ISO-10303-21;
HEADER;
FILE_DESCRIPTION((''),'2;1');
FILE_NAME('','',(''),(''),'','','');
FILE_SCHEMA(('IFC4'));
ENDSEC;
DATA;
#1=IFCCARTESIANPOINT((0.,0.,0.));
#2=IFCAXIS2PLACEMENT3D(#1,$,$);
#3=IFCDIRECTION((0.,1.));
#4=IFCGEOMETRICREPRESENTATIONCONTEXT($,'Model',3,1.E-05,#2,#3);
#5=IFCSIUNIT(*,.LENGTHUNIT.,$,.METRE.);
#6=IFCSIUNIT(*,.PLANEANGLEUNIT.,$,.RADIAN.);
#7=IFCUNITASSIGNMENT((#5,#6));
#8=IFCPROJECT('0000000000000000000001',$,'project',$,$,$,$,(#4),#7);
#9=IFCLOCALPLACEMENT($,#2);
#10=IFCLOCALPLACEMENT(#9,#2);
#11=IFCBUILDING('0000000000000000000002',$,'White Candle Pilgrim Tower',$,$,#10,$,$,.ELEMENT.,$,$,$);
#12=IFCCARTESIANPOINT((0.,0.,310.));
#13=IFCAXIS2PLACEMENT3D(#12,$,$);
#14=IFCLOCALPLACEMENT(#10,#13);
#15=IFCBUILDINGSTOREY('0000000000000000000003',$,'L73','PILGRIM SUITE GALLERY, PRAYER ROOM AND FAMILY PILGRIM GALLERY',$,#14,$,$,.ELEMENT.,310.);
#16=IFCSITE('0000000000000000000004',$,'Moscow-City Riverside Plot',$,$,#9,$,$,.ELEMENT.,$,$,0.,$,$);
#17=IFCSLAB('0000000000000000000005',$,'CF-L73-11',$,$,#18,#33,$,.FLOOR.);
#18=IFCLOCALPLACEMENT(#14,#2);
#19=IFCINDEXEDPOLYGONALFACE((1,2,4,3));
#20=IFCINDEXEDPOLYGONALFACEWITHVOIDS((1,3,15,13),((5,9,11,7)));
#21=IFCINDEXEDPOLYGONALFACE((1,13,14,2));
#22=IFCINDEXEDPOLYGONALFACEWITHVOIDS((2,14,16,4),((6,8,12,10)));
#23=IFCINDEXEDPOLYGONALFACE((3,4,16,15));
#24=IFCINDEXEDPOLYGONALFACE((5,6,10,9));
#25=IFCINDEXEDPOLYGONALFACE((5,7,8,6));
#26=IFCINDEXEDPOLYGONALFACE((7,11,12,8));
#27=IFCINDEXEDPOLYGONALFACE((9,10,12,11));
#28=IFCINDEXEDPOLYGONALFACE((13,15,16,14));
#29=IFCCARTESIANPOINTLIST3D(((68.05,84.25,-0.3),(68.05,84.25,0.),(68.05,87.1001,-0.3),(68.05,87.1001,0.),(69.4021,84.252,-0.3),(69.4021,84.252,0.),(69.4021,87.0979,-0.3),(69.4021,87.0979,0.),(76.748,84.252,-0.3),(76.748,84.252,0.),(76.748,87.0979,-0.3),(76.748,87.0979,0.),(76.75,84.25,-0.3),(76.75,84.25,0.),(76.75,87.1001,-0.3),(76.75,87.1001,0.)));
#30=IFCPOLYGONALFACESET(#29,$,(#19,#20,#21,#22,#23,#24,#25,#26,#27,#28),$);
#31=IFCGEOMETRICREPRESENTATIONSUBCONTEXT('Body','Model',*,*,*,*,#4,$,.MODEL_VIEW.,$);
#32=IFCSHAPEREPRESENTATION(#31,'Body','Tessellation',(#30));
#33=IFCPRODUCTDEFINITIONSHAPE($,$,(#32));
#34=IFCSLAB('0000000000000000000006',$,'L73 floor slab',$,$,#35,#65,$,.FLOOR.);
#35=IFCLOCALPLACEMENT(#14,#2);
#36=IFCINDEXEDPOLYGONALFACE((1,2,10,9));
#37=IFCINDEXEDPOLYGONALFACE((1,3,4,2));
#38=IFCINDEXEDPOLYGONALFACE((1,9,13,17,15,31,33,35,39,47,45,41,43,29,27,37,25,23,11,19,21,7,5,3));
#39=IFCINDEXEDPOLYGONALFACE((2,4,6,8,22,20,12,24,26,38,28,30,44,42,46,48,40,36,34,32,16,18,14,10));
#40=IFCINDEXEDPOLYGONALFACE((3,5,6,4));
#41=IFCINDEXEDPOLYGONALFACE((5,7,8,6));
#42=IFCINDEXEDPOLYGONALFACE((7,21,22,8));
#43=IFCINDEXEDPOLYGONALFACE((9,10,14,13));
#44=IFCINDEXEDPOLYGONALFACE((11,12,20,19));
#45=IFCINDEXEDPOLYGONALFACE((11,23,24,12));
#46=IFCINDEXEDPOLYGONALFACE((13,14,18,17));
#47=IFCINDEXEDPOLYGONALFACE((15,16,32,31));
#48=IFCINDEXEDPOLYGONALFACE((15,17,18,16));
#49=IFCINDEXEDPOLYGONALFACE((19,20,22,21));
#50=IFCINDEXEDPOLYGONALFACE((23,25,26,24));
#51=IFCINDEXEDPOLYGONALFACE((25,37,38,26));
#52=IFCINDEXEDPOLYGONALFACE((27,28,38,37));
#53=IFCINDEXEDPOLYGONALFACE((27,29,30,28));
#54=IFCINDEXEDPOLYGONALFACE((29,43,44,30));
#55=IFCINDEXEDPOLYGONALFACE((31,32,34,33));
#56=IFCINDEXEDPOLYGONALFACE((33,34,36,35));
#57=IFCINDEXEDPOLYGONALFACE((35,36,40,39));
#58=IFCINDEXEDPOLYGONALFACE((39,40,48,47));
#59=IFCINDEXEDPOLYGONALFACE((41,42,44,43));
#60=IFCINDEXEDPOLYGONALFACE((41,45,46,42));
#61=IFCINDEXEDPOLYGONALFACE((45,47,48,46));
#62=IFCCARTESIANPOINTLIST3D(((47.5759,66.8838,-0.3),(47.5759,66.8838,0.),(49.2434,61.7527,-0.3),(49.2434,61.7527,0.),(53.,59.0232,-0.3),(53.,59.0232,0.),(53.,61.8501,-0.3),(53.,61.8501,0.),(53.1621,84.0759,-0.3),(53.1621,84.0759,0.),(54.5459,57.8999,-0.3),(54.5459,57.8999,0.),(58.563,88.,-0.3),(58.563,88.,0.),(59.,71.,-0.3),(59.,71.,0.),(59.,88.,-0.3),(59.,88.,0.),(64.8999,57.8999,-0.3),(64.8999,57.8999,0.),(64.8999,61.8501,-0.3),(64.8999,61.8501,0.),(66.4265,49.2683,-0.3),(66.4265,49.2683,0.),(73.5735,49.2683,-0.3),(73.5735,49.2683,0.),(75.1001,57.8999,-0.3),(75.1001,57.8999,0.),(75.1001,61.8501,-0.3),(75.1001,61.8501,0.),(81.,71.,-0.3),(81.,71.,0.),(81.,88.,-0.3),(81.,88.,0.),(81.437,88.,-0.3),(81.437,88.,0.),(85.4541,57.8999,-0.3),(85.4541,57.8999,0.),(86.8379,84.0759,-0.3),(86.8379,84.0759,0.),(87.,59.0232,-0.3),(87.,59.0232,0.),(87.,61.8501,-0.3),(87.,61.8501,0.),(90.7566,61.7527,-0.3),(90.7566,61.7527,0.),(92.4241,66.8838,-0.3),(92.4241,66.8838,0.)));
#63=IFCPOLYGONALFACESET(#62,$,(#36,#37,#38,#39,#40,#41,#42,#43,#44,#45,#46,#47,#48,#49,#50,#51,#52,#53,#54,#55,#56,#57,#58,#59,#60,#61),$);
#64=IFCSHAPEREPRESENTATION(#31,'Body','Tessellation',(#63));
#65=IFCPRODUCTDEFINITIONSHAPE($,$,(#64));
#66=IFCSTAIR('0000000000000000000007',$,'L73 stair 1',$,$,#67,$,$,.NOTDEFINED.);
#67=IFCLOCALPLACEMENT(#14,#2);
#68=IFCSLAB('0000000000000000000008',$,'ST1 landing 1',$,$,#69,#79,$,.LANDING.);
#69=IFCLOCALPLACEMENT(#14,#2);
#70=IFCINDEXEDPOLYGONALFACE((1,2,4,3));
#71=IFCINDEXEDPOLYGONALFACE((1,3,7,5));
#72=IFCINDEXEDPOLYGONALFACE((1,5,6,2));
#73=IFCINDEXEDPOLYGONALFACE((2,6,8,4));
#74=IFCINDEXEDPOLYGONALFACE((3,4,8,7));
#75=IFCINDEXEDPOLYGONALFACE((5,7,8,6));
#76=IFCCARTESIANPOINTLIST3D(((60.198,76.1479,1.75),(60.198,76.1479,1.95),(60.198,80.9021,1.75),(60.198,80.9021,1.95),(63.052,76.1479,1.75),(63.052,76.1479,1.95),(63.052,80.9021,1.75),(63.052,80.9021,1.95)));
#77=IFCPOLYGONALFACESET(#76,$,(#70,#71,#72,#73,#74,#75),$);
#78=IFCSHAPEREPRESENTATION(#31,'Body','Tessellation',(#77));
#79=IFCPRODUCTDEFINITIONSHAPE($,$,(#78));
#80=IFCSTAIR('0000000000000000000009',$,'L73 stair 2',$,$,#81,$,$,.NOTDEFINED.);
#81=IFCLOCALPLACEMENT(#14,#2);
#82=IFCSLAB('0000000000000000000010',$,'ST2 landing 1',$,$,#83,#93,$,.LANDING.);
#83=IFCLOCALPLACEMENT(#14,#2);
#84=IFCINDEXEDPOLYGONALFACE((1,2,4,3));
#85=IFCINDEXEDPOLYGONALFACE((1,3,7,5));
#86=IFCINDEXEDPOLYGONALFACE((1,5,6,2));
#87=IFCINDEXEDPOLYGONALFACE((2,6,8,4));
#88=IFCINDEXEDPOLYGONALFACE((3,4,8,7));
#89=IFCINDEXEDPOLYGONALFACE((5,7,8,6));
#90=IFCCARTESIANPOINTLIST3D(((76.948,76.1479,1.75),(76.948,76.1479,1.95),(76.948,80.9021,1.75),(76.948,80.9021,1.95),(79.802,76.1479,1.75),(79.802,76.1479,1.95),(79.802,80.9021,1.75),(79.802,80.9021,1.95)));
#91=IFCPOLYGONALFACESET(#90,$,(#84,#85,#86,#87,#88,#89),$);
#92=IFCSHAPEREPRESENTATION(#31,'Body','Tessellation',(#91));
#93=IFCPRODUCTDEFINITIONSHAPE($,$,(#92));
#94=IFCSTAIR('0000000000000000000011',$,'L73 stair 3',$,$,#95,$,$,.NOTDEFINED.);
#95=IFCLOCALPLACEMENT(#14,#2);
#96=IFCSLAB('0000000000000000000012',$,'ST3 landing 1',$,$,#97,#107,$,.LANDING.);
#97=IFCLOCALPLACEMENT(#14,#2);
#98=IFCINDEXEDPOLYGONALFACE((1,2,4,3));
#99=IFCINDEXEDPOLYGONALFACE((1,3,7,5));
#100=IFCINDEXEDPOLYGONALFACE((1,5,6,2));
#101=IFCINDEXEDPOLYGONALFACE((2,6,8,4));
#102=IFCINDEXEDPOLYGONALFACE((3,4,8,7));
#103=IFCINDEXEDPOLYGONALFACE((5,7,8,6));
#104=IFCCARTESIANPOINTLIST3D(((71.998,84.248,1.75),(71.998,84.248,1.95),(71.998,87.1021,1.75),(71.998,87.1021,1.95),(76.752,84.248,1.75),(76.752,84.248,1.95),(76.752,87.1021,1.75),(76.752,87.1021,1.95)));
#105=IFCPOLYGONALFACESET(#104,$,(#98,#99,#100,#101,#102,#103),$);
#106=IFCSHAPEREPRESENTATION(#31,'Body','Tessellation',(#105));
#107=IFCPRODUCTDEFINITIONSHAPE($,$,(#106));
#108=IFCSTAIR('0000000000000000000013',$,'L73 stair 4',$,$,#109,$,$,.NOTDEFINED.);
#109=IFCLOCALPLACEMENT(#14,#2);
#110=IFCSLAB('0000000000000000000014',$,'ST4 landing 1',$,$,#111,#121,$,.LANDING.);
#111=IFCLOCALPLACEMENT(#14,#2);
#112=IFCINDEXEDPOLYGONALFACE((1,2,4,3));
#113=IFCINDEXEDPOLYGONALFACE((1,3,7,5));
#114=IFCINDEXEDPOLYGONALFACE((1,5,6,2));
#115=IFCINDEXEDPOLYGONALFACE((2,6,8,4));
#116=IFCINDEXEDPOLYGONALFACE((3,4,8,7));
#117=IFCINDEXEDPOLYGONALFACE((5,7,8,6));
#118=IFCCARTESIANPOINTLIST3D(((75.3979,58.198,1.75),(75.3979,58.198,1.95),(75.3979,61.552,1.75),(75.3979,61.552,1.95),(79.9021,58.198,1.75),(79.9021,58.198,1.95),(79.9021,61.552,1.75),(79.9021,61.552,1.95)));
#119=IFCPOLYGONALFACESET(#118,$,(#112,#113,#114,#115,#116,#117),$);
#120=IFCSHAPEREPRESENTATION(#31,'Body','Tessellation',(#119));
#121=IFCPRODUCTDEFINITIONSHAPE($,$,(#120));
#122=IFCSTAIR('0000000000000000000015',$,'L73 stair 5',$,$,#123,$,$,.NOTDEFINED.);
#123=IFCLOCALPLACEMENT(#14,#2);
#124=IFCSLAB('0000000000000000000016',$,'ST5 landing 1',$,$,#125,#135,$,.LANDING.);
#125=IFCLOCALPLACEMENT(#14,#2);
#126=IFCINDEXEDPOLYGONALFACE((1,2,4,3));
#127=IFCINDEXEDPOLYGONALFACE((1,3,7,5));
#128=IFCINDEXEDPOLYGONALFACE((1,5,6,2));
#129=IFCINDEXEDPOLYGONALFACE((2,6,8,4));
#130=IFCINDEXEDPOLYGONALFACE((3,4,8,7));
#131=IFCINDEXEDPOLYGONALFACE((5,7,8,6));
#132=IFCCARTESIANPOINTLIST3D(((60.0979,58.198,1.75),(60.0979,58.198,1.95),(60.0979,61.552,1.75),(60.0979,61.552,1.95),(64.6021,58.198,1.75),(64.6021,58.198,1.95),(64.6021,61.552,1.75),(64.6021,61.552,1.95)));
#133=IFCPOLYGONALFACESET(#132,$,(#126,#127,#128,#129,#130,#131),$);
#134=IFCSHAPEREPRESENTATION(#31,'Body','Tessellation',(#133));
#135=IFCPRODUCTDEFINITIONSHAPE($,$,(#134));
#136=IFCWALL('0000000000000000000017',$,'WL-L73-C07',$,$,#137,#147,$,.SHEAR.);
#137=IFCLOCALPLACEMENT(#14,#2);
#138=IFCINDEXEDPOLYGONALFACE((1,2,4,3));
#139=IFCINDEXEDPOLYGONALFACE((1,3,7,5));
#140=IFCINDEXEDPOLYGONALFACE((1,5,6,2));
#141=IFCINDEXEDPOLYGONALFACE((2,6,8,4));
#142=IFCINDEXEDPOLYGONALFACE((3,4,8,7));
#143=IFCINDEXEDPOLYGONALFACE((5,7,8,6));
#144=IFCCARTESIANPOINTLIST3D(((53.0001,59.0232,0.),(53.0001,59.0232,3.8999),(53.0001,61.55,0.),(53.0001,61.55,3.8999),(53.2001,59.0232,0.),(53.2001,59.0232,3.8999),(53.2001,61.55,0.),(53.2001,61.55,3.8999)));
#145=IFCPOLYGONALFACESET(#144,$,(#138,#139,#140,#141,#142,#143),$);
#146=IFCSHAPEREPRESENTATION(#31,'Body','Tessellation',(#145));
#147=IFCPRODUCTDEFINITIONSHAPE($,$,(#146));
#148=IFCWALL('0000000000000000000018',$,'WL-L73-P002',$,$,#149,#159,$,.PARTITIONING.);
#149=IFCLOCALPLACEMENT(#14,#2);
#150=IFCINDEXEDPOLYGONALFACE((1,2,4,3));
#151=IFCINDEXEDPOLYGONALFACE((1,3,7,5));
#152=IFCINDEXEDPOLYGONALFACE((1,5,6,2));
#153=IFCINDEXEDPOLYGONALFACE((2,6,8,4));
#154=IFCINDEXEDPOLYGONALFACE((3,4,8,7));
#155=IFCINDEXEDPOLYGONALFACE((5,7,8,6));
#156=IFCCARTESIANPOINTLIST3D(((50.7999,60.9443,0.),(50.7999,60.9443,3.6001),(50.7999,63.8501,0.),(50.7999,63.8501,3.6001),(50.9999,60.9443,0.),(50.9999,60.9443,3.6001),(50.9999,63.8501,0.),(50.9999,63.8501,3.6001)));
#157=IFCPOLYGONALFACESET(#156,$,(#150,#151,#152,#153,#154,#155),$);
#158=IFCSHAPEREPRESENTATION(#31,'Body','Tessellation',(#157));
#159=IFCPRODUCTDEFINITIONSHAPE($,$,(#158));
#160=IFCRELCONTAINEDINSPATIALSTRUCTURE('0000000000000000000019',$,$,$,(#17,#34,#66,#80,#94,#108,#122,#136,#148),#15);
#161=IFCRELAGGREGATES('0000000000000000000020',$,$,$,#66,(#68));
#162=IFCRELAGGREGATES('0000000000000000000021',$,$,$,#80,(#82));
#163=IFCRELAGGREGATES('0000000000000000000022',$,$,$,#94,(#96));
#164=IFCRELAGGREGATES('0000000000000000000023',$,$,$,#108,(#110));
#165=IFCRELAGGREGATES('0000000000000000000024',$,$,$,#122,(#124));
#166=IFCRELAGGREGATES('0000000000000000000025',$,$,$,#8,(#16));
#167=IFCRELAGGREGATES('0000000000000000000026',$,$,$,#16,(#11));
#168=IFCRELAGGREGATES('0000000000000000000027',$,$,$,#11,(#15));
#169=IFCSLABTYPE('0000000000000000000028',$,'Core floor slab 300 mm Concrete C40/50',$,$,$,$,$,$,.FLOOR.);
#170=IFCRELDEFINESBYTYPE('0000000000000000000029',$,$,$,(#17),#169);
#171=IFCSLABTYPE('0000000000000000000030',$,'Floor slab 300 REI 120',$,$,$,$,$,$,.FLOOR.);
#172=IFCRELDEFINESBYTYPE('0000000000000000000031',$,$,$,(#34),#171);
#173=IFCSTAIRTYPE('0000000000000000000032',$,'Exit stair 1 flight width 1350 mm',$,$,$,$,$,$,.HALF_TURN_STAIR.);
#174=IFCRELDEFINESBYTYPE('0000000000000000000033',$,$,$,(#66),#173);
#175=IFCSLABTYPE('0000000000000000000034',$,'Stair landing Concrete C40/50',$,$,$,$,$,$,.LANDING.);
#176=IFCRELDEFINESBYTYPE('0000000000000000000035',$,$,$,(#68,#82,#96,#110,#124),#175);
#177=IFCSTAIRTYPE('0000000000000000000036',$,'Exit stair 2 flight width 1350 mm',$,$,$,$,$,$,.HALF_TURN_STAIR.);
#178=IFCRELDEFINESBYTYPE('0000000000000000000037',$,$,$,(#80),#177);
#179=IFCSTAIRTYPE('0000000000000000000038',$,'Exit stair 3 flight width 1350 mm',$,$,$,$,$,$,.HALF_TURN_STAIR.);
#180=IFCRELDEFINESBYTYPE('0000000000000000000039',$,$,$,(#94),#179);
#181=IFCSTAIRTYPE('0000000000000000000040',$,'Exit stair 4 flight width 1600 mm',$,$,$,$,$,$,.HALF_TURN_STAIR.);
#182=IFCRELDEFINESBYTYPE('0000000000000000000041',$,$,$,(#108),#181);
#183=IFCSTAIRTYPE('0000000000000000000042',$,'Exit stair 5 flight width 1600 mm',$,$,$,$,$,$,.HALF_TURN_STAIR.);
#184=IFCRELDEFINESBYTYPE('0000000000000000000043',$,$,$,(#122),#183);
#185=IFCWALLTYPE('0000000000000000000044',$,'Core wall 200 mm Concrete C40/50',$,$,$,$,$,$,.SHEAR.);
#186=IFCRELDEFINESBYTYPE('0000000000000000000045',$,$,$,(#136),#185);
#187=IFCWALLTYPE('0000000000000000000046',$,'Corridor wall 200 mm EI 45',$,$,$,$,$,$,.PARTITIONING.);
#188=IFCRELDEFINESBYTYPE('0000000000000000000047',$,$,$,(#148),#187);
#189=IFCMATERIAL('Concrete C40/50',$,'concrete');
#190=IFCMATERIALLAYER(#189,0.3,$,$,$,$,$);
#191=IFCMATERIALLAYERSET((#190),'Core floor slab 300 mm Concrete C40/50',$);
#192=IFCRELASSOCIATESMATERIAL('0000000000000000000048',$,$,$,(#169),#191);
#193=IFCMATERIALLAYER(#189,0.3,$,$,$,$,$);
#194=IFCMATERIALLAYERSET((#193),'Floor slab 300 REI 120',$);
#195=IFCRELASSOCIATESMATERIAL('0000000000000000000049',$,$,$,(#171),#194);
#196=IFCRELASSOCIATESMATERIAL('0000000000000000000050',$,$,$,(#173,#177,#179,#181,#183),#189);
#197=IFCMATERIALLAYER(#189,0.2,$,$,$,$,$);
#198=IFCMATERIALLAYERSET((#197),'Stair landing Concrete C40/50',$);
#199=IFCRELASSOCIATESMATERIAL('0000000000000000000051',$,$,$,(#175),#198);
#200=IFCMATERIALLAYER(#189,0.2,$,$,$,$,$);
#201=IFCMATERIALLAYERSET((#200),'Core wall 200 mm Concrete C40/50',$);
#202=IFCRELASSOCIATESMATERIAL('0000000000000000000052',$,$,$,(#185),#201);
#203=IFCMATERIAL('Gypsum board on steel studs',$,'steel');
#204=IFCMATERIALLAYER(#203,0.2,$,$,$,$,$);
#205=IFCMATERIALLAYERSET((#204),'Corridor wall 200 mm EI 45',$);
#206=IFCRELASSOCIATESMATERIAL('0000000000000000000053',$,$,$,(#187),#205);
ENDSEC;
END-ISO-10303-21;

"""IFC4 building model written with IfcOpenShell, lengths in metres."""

from ifc_helpers import new_model, si_unit, direction, frame, frame_2d, origin, place, context, subcontext, project, spatial, polyline, rectangle, outline, extrude, material, layer, layer_set, type_object, element, aggregate, save


model = new_model("IFC4")

# Units and contexts
model_context = context("Model", 3, precision=1e-05, world=origin(), true_north=direction((0.0, 1.0)))
body_context = subcontext(model_context, "Body", "Model", "MODEL_VIEW")
ifc_project = project(units=[si_unit("LENGTHUNIT", "METRE"), si_unit("PLANEANGLEUNIT", "RADIAN")], contexts=[model_context])

# Site, building, storey
site_placement = place(None, origin())
site = spatial("IfcSite", under=ifc_project, at=site_placement, Name="Moscow-City Riverside Plot", CompositionType="ELEMENT", RefElevation=0.0)
building_placement = place(site_placement, origin())
building = spatial("IfcBuilding", under=site, at=building_placement, Name="White Candle Pilgrim Tower", CompositionType="ELEMENT")
storey_placement = place(building_placement, frame((0.0, 0.0, 310.0)))
storey = spatial("IfcBuildingStorey", under=building, at=storey_placement, Name="L73", Description="PILGRIM SUITE GALLERY, PRAYER ROOM AND FAMILY PILGRIM GALLERY", CompositionType="ELEMENT", Elevation=310.0)

# Slabs
ifc_material_1 = material(Name="Concrete C40/50", Category="concrete")
ifc_layer_1 = layer(ifc_material_1, 0.3)
ifc_layer_set_1 = layer_set([ifc_layer_1], Name="Core floor slab 300 mm Concrete C40/50")
slab_type_1 = type_object("IfcSlabType", Name="Core floor slab 300 mm Concrete C40/50", PredefinedType="FLOOR", material=ifc_layer_set_1)
slab_1_placement = place(storey_placement, frame((0.0, 0.0, -0.3)))
element("IfcSlab", 1, at=slab_1_placement, inside=storey, type_object=slab_type_1, Name="CF-L73-11", PredefinedType="FLOOR", context=body_context, shape_type="SweptSolid", body=[
    extrude(outline(polyline([(68.05, 87.1001), (76.75, 87.1001), (76.75, 84.25), (68.05, 84.25), (68.05, 87.1001)]), holes=[polyline([(69.4021, 84.252), (76.748, 84.252), (76.748, 87.0979), (69.4021, 87.0979), (69.4021, 84.252)])]), origin(), (0.0, 0.0, 1.0), 0.3),
])
ifc_layer_2 = layer(ifc_material_1, 0.3)
ifc_layer_set_2 = layer_set([ifc_layer_2], Name="Floor slab 300 REI 120")
slab_type_2 = type_object("IfcSlabType", Name="Floor slab 300 REI 120", PredefinedType="FLOOR", material=ifc_layer_set_2)
slab_2_placement = place(storey_placement, frame((0.0, 0.0, -0.3)))
element("IfcSlab", 2, at=slab_2_placement, inside=storey, type_object=slab_type_2, Name="L73 floor slab", PredefinedType="FLOOR", context=body_context, shape_type="SweptSolid", body=[
    extrude(outline(polyline([(66.4265, 49.2683), (73.5735, 49.2683), (85.4541, 57.8999), (75.1001, 57.8999), (75.1001, 61.8501), (87.0, 61.8501), (87.0, 59.0232), (90.7566, 61.7527), (92.4241, 66.8838), (86.8379, 84.0759), (81.437, 88.0), (81.0, 88.0), (81.0, 71.0), (59.0, 71.0), (59.0, 88.0), (58.563, 88.0), (53.1621, 84.0759), (47.5759, 66.8838), (49.2434, 61.7527), (53.0, 59.0232), (53.0, 61.8501), (64.8999, 61.8501), (64.8999, 57.8999), (54.5459, 57.8999), (66.4265, 49.2683)])), origin(), (0.0, 0.0, 1.0), 0.3),
])

# Stairs, slabs
stair_type_1 = type_object("IfcStairType", Name="Exit stair 1 flight width 1350 mm", PredefinedType="HALF_TURN_STAIR", material=ifc_material_1)
stair_1_placement = place(storey_placement, origin())
stair_1 = element("IfcStair", 3, at=stair_1_placement, inside=storey, type_object=stair_type_1, Name="L73 stair 1", PredefinedType="NOTDEFINED")
ifc_layer_3 = layer(ifc_material_1, 0.2)
ifc_layer_set_3 = layer_set([ifc_layer_3], Name="Stair landing Concrete C40/50")
slab_type_3 = type_object("IfcSlabType", Name="Stair landing Concrete C40/50", PredefinedType="LANDING", material=ifc_layer_set_3)
slab_3_placement = place(storey_placement, frame((0.0, 0.0, 1.75)))
slab_3 = element("IfcSlab", 4, at=slab_3_placement, type_object=slab_type_3, Name="ST1 landing 1", PredefinedType="LANDING", context=body_context, shape_type="SweptSolid", body=[
    extrude(outline(polyline([(63.052, 76.1479), (60.198, 76.1479), (60.198, 80.9021), (63.052, 80.9021), (63.052, 76.1479)])), origin(), (0.0, 0.0, 1.0), 0.2),
])
aggregate(stair_1, [slab_3])
stair_type_2 = type_object("IfcStairType", Name="Exit stair 2 flight width 1350 mm", PredefinedType="HALF_TURN_STAIR", material=ifc_material_1)
stair_2_placement = place(storey_placement, origin())
stair_2 = element("IfcStair", 5, at=stair_2_placement, inside=storey, type_object=stair_type_2, Name="L73 stair 2", PredefinedType="NOTDEFINED")
slab_4_placement = place(storey_placement, frame((0.0, 0.0, 1.75)))
slab_4 = element("IfcSlab", 6, at=slab_4_placement, type_object=slab_type_3, Name="ST2 landing 1", PredefinedType="LANDING", context=body_context, shape_type="SweptSolid", body=[
    extrude(outline(polyline([(79.802, 76.1479), (76.948, 76.1479), (76.948, 80.9021), (79.802, 80.9021), (79.802, 76.1479)])), origin(), (0.0, 0.0, 1.0), 0.2),
])
aggregate(stair_2, [slab_4])
stair_type_3 = type_object("IfcStairType", Name="Exit stair 3 flight width 1350 mm", PredefinedType="HALF_TURN_STAIR", material=ifc_material_1)
stair_3_placement = place(storey_placement, origin())
stair_3 = element("IfcStair", 7, at=stair_3_placement, inside=storey, type_object=stair_type_3, Name="L73 stair 3", PredefinedType="NOTDEFINED")
slab_5_placement = place(storey_placement, frame((0.0, 0.0, 1.75)))
slab_5 = element("IfcSlab", 8, at=slab_5_placement, type_object=slab_type_3, Name="ST3 landing 1", PredefinedType="LANDING", context=body_context, shape_type="SweptSolid", body=[
    extrude(outline(polyline([(71.998, 84.248), (71.998, 87.1021), (76.752, 87.1021), (76.752, 84.248), (71.998, 84.248)])), origin(), (0.0, 0.0, 1.0), 0.2),
])
aggregate(stair_3, [slab_5])
stair_type_4 = type_object("IfcStairType", Name="Exit stair 4 flight width 1600 mm", PredefinedType="HALF_TURN_STAIR", material=ifc_material_1)
stair_4_placement = place(storey_placement, origin())
stair_4 = element("IfcStair", 9, at=stair_4_placement, inside=storey, type_object=stair_type_4, Name="L73 stair 4", PredefinedType="NOTDEFINED")
slab_6_placement = place(storey_placement, frame((0.0, 0.0, 1.75)))
slab_6 = element("IfcSlab", 10, at=slab_6_placement, type_object=slab_type_3, Name="ST4 landing 1", PredefinedType="LANDING", context=body_context, shape_type="SweptSolid", body=[
    extrude(outline(polyline([(79.9021, 61.552), (79.9021, 58.198), (75.3979, 58.198), (75.3979, 61.552), (79.9021, 61.552)])), origin(), (0.0, 0.0, 1.0), 0.2),
])
aggregate(stair_4, [slab_6])
stair_type_5 = type_object("IfcStairType", Name="Exit stair 5 flight width 1600 mm", PredefinedType="HALF_TURN_STAIR", material=ifc_material_1)
stair_5_placement = place(storey_placement, origin())
stair_5 = element("IfcStair", 11, at=stair_5_placement, inside=storey, type_object=stair_type_5, Name="L73 stair 5", PredefinedType="NOTDEFINED")
slab_7_placement = place(storey_placement, frame((0.0, 0.0, 1.75)))
slab_7 = element("IfcSlab", 12, at=slab_7_placement, type_object=slab_type_3, Name="ST5 landing 1", PredefinedType="LANDING", context=body_context, shape_type="SweptSolid", body=[
    extrude(outline(polyline([(60.0979, 58.198), (60.0979, 61.552), (64.6021, 61.552), (64.6021, 58.198), (60.0979, 58.198)])), origin(), (0.0, 0.0, 1.0), 0.2),
])
aggregate(stair_5, [slab_7])

# Walls
ifc_layer_4 = layer(ifc_material_1, 0.2)
ifc_layer_set_4 = layer_set([ifc_layer_4], Name="Core wall 200 mm Concrete C40/50")
wall_type_1 = type_object("IfcWallType", Name="Core wall 200 mm Concrete C40/50", PredefinedType="SHEAR", material=ifc_layer_set_4)
wall_1_placement = place(storey_placement, frame((53.1001, 59.0232, 0.0), z_axis=(0.0, 0.0, 1.0), x_axis=(0.0, 1.0, 0.0)))
element("IfcWall", 13, at=wall_1_placement, inside=storey, type_object=wall_type_1, Name="WL-L73-C07", PredefinedType="SHEAR", context=body_context, shape_type="SweptSolid", body=[
    extrude(rectangle(XDim=2.5269, YDim=0.2, at=frame_2d((1.2634, 0.0))), origin(), (0.0, 0.0, 1.0), 3.8999),
])
ifc_material_2 = material(Name="Gypsum board on steel studs", Category="steel")
ifc_layer_5 = layer(ifc_material_2, 0.2)
ifc_layer_set_5 = layer_set([ifc_layer_5], Name="Corridor wall 200 mm EI 45")
wall_type_2 = type_object("IfcWallType", Name="Corridor wall 200 mm EI 45", PredefinedType="PARTITIONING", material=ifc_layer_set_5)
wall_2_placement = place(storey_placement, frame((50.8999, 60.9443, 0.0), z_axis=(0.0, 0.0, 1.0), x_axis=(0.0, 1.0, 0.0)))
element("IfcWall", 14, at=wall_2_placement, inside=storey, type_object=wall_type_2, Name="WL-L73-P002", PredefinedType="PARTITIONING", context=body_context, shape_type="SweptSolid", body=[
    extrude(rectangle(XDim=2.9058, YDim=0.2, at=frame_2d((1.4529, 0.0))), origin(), (0.0, 0.0, 1.0), 3.6001),
])

save(model, "model.ifc")
